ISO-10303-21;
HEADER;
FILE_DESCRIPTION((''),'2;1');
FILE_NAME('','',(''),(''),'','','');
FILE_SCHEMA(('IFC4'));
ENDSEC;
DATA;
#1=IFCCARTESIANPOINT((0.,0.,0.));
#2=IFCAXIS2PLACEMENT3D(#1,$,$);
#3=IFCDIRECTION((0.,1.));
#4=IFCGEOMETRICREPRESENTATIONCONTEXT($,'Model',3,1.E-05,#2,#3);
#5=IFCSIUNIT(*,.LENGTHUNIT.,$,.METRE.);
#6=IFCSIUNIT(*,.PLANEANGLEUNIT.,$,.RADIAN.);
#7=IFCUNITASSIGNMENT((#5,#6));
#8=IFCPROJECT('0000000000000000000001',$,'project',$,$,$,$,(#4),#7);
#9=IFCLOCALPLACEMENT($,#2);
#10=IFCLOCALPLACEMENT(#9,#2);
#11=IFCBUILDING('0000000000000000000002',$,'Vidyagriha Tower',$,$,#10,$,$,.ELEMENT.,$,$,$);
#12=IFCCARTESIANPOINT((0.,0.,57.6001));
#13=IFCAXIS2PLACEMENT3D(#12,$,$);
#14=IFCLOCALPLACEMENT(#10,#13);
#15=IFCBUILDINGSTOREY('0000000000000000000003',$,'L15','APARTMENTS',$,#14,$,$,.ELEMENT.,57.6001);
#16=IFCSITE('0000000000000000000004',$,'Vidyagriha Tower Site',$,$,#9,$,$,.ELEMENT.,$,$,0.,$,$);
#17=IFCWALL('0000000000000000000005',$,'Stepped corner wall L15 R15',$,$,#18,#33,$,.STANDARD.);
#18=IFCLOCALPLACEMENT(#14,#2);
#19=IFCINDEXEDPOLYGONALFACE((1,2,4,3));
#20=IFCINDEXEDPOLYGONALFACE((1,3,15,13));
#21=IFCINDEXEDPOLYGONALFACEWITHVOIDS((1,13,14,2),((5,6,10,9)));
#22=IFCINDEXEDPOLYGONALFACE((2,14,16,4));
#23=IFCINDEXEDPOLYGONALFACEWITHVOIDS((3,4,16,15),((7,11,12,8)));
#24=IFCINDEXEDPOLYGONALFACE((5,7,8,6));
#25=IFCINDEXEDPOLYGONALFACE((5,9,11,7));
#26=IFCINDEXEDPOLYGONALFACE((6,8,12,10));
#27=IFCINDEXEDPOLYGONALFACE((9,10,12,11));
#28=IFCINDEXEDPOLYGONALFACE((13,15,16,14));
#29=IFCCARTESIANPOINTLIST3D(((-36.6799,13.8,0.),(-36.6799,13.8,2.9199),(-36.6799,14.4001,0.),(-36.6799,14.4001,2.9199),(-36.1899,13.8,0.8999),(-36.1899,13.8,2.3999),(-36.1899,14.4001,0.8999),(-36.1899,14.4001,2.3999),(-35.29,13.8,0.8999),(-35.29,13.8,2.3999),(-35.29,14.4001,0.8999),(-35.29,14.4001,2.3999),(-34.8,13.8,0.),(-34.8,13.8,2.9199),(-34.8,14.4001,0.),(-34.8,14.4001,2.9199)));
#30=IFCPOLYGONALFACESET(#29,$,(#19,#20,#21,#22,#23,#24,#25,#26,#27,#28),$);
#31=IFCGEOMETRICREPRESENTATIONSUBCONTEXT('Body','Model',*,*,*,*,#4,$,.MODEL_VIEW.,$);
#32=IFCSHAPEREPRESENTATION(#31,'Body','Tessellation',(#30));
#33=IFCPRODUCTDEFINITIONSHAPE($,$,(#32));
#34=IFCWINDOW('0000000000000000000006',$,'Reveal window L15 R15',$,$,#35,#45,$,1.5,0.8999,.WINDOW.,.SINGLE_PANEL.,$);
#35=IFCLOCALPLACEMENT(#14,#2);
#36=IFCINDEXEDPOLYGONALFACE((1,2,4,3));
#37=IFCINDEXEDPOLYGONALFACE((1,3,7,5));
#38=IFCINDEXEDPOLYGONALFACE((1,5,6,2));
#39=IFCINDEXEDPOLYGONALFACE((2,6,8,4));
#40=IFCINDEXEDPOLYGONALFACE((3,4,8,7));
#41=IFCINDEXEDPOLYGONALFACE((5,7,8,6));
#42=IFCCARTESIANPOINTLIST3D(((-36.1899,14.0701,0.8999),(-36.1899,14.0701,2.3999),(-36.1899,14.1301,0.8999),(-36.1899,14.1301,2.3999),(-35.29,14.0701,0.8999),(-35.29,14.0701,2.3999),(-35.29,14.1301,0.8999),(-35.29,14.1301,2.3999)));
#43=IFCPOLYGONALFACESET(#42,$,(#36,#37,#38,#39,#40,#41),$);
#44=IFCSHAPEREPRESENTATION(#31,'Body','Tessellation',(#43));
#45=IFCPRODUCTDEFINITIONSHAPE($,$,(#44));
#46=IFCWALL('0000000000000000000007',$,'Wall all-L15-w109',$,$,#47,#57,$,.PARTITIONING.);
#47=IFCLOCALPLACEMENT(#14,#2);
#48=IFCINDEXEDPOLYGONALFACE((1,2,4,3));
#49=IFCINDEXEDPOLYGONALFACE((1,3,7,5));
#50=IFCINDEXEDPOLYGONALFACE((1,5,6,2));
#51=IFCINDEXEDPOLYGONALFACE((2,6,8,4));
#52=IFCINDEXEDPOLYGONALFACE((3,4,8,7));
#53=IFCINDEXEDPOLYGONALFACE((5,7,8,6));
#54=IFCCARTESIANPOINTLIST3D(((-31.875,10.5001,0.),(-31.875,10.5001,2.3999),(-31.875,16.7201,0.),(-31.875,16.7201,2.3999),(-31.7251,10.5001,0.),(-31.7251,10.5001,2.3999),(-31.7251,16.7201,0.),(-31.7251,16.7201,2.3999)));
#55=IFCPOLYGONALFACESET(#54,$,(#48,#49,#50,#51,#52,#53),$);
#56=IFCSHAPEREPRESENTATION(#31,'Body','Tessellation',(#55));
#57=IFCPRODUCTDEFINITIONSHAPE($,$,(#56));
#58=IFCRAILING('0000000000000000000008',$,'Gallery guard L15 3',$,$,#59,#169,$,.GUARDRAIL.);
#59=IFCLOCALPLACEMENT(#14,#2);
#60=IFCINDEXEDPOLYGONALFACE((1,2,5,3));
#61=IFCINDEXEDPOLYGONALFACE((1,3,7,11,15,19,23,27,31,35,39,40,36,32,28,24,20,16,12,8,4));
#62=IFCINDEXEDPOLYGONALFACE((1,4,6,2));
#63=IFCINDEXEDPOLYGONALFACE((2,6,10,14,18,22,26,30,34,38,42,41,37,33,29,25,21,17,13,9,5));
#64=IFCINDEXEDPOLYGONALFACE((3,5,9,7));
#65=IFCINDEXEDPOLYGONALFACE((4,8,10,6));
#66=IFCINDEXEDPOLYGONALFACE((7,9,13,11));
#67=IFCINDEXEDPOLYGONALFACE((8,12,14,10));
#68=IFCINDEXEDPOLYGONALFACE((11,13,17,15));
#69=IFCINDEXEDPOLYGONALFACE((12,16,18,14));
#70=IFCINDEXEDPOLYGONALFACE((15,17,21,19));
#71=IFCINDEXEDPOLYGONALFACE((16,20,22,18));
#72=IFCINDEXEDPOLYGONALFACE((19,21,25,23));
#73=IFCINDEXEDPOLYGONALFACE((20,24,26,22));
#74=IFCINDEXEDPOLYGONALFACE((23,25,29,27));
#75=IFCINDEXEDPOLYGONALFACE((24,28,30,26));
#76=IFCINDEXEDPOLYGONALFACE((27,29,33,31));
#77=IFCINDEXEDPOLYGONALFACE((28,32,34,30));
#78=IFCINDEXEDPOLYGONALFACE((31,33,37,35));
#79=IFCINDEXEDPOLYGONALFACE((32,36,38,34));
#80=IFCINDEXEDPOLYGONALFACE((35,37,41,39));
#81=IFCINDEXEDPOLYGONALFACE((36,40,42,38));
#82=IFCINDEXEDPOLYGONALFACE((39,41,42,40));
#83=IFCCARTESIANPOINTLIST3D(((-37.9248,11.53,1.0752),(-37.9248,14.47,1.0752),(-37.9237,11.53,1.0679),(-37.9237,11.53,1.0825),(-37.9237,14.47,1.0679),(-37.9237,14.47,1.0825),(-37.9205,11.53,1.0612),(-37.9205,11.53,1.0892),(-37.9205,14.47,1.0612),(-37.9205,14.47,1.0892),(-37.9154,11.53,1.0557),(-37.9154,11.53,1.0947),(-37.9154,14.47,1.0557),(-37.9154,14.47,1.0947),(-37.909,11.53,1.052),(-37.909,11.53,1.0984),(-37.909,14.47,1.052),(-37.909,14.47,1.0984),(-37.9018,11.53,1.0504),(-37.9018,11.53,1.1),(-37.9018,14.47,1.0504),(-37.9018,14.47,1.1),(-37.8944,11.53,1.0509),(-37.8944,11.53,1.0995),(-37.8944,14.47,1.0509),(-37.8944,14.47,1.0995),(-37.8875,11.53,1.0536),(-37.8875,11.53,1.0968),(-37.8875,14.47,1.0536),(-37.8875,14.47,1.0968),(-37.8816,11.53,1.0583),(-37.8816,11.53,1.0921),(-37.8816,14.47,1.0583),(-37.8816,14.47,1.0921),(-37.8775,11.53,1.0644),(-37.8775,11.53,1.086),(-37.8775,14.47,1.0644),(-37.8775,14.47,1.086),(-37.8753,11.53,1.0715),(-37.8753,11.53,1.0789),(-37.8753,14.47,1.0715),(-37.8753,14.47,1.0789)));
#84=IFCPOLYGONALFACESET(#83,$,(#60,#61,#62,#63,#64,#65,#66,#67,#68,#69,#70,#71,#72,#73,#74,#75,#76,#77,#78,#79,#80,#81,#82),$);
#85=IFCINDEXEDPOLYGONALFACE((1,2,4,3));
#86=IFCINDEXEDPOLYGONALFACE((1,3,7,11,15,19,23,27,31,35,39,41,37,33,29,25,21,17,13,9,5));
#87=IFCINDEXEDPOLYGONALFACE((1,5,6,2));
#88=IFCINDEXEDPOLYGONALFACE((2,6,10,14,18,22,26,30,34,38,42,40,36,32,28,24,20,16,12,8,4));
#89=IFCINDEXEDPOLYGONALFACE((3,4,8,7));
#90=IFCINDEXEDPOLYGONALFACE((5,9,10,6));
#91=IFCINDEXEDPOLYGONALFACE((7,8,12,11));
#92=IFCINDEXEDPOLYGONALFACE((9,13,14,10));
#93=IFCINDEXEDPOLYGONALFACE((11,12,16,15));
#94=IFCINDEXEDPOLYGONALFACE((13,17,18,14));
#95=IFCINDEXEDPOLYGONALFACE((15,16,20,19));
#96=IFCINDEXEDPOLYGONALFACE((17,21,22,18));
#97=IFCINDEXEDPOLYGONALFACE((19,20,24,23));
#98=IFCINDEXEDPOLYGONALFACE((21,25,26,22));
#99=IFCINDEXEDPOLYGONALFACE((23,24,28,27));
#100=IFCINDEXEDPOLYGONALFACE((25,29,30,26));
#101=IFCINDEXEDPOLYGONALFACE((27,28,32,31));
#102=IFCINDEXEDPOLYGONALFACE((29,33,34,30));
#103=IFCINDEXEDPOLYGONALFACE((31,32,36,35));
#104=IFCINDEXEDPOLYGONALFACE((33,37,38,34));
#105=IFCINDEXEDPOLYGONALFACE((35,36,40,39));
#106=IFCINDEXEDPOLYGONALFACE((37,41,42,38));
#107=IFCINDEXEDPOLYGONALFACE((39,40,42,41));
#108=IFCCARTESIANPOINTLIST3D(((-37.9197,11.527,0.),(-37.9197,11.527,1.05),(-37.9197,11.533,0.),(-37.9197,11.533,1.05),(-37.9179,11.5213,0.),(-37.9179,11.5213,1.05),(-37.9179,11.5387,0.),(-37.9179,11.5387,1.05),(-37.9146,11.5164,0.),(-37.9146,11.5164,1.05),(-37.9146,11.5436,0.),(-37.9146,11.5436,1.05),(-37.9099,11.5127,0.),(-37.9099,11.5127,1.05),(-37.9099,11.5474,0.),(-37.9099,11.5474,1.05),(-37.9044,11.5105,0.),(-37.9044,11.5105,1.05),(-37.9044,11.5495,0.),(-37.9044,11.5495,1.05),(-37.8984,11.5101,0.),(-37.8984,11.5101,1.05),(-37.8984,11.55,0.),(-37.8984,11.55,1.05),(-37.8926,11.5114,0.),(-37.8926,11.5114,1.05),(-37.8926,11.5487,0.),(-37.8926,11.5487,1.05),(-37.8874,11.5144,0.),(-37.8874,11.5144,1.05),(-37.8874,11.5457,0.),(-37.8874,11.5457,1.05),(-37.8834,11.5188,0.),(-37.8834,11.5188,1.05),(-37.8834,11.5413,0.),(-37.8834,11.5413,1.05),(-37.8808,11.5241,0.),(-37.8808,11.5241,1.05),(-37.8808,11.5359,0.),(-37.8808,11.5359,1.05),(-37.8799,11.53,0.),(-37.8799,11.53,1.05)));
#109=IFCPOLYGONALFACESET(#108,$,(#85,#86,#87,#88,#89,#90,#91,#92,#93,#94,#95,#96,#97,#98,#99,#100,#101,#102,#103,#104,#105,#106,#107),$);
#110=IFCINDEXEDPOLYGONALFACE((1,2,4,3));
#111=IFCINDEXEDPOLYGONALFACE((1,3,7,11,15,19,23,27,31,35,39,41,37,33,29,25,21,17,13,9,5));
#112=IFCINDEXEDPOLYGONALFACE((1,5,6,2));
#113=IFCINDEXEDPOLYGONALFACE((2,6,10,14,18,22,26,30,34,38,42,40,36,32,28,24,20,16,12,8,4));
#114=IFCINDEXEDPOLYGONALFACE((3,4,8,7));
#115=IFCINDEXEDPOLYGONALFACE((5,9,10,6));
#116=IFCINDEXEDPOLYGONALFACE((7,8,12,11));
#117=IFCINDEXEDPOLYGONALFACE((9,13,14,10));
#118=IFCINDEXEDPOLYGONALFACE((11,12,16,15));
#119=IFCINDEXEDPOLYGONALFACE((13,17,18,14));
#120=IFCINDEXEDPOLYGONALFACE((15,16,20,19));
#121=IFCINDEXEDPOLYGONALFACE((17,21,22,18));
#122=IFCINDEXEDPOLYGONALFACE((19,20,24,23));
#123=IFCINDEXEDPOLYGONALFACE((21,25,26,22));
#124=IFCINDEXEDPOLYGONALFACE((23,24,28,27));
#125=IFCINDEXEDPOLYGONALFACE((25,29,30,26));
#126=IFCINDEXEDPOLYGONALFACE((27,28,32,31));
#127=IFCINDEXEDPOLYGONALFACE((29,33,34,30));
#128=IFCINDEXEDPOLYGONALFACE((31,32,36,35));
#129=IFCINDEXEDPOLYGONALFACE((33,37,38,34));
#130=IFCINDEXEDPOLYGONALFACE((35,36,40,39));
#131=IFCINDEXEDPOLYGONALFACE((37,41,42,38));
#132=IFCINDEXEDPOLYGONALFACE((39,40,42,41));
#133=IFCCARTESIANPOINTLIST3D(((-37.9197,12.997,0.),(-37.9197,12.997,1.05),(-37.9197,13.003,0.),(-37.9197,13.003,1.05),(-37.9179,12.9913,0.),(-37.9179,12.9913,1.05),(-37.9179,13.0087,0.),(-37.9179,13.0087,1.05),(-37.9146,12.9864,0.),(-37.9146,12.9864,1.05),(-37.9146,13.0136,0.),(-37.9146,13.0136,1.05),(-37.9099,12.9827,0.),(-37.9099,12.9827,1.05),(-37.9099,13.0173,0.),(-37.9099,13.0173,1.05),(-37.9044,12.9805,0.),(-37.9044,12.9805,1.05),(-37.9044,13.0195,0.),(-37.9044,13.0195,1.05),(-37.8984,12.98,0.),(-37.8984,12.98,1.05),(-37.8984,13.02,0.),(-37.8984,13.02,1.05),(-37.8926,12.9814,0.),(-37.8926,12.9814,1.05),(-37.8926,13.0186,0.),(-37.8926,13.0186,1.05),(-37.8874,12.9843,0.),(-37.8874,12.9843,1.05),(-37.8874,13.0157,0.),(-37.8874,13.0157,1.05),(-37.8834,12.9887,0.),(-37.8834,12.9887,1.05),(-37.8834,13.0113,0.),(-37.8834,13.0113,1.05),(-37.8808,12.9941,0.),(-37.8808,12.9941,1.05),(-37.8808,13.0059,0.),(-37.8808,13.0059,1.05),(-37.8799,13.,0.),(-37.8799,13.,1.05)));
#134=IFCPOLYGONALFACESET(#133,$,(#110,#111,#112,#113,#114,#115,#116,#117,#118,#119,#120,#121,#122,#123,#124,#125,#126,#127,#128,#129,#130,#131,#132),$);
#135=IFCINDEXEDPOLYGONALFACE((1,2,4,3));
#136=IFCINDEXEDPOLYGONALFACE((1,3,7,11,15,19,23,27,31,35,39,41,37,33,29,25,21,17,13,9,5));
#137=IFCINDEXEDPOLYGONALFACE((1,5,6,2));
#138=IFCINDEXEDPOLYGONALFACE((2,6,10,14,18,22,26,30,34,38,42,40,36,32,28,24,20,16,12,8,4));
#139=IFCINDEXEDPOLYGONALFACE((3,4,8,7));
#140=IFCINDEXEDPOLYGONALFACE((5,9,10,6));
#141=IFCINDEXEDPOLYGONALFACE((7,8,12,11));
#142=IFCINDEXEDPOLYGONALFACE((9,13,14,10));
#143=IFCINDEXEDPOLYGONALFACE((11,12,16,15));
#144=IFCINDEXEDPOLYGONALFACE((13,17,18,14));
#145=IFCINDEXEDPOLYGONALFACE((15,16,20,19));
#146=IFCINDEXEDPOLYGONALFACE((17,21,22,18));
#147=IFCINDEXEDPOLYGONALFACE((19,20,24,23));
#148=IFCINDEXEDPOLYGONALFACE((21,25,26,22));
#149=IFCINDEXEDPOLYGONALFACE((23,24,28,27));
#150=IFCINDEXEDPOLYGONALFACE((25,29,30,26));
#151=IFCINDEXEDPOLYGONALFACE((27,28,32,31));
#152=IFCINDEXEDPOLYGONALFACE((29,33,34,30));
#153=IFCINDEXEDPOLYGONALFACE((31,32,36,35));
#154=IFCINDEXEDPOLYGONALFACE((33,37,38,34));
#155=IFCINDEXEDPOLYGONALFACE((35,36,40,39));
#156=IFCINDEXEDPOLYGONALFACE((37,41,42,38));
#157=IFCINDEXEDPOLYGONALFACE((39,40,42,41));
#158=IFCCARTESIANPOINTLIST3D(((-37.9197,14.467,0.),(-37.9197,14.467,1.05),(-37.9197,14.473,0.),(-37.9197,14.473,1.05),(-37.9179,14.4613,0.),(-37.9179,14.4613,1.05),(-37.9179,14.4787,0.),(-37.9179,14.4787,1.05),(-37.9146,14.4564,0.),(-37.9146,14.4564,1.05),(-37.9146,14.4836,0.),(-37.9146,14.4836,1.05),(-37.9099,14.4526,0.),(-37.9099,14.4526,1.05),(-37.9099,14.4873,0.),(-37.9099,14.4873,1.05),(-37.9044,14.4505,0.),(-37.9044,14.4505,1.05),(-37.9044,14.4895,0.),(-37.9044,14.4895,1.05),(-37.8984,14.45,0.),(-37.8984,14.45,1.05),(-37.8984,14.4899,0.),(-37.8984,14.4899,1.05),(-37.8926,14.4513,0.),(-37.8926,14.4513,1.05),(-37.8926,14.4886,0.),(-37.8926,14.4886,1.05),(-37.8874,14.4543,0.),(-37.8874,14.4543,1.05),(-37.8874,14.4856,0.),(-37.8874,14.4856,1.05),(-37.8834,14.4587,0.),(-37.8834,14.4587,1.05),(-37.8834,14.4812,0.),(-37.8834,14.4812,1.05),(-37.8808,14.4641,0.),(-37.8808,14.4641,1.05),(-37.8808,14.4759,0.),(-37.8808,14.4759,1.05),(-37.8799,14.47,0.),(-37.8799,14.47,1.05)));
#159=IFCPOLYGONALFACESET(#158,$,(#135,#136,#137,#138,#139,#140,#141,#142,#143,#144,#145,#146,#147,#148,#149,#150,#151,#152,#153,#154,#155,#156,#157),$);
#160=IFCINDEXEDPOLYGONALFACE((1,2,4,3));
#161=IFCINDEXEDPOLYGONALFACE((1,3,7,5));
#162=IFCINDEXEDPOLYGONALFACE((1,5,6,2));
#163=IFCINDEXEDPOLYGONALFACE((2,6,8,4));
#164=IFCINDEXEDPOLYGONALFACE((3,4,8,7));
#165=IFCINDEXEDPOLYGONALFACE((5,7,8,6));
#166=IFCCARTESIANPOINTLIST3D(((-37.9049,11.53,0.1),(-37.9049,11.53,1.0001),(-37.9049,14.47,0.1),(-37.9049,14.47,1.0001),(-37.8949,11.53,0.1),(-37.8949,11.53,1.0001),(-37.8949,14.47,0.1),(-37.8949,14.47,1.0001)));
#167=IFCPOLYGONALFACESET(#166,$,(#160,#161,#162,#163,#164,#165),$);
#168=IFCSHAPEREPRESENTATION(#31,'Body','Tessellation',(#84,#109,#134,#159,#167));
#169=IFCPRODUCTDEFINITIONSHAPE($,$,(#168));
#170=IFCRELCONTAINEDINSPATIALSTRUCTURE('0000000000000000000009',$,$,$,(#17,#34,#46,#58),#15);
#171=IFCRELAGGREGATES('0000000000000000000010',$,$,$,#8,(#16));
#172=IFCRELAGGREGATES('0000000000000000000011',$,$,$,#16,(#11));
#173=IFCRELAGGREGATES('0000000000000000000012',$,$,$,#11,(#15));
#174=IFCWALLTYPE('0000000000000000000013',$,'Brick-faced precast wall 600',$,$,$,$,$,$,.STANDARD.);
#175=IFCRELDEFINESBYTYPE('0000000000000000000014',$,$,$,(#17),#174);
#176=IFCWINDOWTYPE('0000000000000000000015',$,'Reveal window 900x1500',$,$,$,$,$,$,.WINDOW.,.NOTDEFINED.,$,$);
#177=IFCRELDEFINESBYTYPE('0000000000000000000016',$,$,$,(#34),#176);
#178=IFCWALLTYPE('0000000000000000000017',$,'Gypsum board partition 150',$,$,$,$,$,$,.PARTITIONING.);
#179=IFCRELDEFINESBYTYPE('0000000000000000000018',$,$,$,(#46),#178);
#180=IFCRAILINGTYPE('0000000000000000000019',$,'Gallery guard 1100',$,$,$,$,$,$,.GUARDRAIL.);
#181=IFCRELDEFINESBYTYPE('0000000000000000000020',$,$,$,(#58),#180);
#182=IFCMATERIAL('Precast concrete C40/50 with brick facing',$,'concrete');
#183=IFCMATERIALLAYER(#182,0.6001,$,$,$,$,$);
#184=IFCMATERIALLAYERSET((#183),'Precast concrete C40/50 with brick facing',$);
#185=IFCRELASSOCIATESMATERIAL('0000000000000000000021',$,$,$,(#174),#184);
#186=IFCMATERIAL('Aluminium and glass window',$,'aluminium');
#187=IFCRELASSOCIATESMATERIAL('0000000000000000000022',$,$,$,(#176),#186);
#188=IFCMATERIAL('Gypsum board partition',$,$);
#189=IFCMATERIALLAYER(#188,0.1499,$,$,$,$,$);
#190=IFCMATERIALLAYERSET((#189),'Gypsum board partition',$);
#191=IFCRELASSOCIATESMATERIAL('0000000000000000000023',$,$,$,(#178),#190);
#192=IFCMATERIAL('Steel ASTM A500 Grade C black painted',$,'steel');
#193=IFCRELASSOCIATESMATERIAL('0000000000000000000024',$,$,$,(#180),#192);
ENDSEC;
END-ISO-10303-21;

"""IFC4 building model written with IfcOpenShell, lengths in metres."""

from ifc_helpers import new_model, si_unit, direction, frame, frame_2d, origin, origin_2d, place, context, subcontext, project, spatial, rectangle, circle, extrude, material, layer, layer_set, type_object, element, fill, save


model = new_model("IFC4")

# Units and contexts
model_context = context("Model", 3, precision=1e-05, world=origin(), true_north=direction((0.0, 1.0)))
body_context = subcontext(model_context, "Body", "Model", "MODEL_VIEW")
ifc_project = project(units=[si_unit("LENGTHUNIT", "METRE"), si_unit("PLANEANGLEUNIT", "RADIAN")], contexts=[model_context])

# Site, building, storey
site_placement = place(None, origin())
site = spatial("IfcSite", under=ifc_project, at=site_placement, Name="Vidyagriha Tower Site", CompositionType="ELEMENT", RefElevation=0.0)
building_placement = place(site_placement, origin())
building = spatial("IfcBuilding", under=site, at=building_placement, Name="Vidyagriha Tower", CompositionType="ELEMENT")
storey_placement = place(building_placement, frame((0.0, 0.0, 57.6001)))
storey = spatial("IfcBuildingStorey", under=building, at=storey_placement, Name="L15", Description="APARTMENTS", CompositionType="ELEMENT", Elevation=57.6001)

# Shared definitions
ifc_material_1 = material(Name="Precast concrete C40/50 with brick facing", Category="concrete")
ifc_layer_1 = layer(ifc_material_1, 0.6001)
ifc_layer_set_1 = layer_set([ifc_layer_1], Name="Precast concrete C40/50 with brick facing")
wall_type_1 = type_object("IfcWallType", Name="Brick-faced precast wall 600", PredefinedType="STANDARD", material=ifc_layer_set_1)

# Shared definitions
ifc_material_2 = material(Name="Aluminium and glass window", Category="aluminium")
window_type = type_object("IfcWindowType", Name="Reveal window 900x1500", PartitioningType="NOTDEFINED", PredefinedType="WINDOW", material=ifc_material_2)

# Wall, opening, window
wall_1_placement = place(storey_placement, frame((-34.8, 14.1001, 0.0), z_axis=(0.0, 0.0, 1.0), x_axis=(-1.0, 0.0, 0.0)))
wall_1 = element("IfcWall", 1, at=wall_1_placement, inside=storey, type_object=wall_type_1, Name="Stepped corner wall L15 R15", PredefinedType="STANDARD", context=body_context, shape_type="SweptSolid", body=[
    extrude(rectangle(XDim=1.8799, YDim=0.6001, at=frame_2d((0.9399, 0.0))), origin(), (0.0, 0.0, 1.0), 2.9199),
])
opening_1_placement = place(wall_1_placement, frame((0.49, 0.0, 0.8999)))
opening_1 = element("IfcOpeningElement", 2, at=opening_1_placement, cuts=wall_1, PredefinedType="OPENING", context=body_context, shape_type="SweptSolid", body=[
    extrude(rectangle(XDim=0.8999, YDim=1.5, at=frame_2d((0.45, 0.75))), frame((0.0, 0.3101, 0.0), z_axis=(0.0, -1.0, 0.0), x_axis=(1.0, 0.0, 0.0)), (0.0, 0.0, 1.0), 0.6201),
])
window_1_placement = place(opening_1_placement, origin())
window_1 = element("IfcWindow", 3, at=window_1_placement, inside=storey, type_object=window_type, Name="Reveal window L15 R15", OverallHeight=1.5, OverallWidth=0.8999, PartitioningType="SINGLE_PANEL", PredefinedType="WINDOW", context=body_context, shape_type="SweptSolid", body=[
    extrude(rectangle(XDim=0.8999, YDim=1.5, at=frame_2d((0.45, 0.75))), frame((0.0, 0.03, 0.0), z_axis=(0.0, -1.0, 0.0), x_axis=(1.0, 0.0, 0.0)), (0.0, 0.0, 1.0), 0.0601),
])
fill(opening_1, window_1)

# Wall
ifc_material_3 = material(Name="Gypsum board partition")
ifc_layer_2 = layer(ifc_material_3, 0.1499)
ifc_layer_set_2 = layer_set([ifc_layer_2], Name="Gypsum board partition")
wall_type_2 = type_object("IfcWallType", Name="Gypsum board partition 150", PredefinedType="PARTITIONING", material=ifc_layer_set_2)
wall_2_placement = place(storey_placement, frame((-31.8, 16.72, 0.0), z_axis=(0.0, 0.0, 1.0), x_axis=(0.0, -1.0, 0.0)))
element("IfcWall", 4, at=wall_2_placement, inside=storey, type_object=wall_type_2, Name="Wall all-L15-w109", PredefinedType="PARTITIONING", context=body_context, shape_type="SweptSolid", body=[
    extrude(rectangle(XDim=6.22, YDim=0.1499, at=frame_2d((3.1099, 0.0))), origin(), (0.0, 0.0, 1.0), 2.3999),
])

# Railing
ifc_material_4 = material(Name="Steel ASTM A500 Grade C black painted", Category="steel")
railing_type = type_object("IfcRailingType", Name="Gallery guard 1100", PredefinedType="GUARDRAIL", material=ifc_material_4)
railing_1_placement = place(storey_placement, frame((-37.8999, 11.53, 0.0)))
element("IfcRailing", 5, at=railing_1_placement, inside=storey, type_object=railing_type, Name="Gallery guard L15 3", PredefinedType="GUARDRAIL", context=body_context, shape_type="SweptSolid", body=[
    extrude(circle(Radius=0.0249, at=origin_2d()), frame((0.0, 0.0, 1.0752), z_axis=(0.0, 1.0, 0.0), x_axis=(-1.0, 0.0, 0.0)), (0.0, 0.0, 1.0), 2.9399),
    extrude(circle(Radius=0.02, at=origin_2d()), origin(), (0.0, 0.0, 1.0), 1.05),
    extrude(circle(Radius=0.02, at=origin_2d()), frame((0.0, 1.47, 0.0)), (0.0, 0.0, 1.0), 1.05),
    extrude(circle(Radius=0.02, at=origin_2d()), frame((0.0, 2.9399, 0.0)), (0.0, 0.0, 1.0), 1.05),
    extrude(rectangle(XDim=0.01, YDim=0.9001, at=origin_2d()), frame((0.0, 0.0, 0.55), z_axis=(0.0, 1.0, 0.0), x_axis=(-1.0, 0.0, 0.0)), (0.0, 0.0, 1.0), 2.9399),
])

save(model, "model.ifc")
